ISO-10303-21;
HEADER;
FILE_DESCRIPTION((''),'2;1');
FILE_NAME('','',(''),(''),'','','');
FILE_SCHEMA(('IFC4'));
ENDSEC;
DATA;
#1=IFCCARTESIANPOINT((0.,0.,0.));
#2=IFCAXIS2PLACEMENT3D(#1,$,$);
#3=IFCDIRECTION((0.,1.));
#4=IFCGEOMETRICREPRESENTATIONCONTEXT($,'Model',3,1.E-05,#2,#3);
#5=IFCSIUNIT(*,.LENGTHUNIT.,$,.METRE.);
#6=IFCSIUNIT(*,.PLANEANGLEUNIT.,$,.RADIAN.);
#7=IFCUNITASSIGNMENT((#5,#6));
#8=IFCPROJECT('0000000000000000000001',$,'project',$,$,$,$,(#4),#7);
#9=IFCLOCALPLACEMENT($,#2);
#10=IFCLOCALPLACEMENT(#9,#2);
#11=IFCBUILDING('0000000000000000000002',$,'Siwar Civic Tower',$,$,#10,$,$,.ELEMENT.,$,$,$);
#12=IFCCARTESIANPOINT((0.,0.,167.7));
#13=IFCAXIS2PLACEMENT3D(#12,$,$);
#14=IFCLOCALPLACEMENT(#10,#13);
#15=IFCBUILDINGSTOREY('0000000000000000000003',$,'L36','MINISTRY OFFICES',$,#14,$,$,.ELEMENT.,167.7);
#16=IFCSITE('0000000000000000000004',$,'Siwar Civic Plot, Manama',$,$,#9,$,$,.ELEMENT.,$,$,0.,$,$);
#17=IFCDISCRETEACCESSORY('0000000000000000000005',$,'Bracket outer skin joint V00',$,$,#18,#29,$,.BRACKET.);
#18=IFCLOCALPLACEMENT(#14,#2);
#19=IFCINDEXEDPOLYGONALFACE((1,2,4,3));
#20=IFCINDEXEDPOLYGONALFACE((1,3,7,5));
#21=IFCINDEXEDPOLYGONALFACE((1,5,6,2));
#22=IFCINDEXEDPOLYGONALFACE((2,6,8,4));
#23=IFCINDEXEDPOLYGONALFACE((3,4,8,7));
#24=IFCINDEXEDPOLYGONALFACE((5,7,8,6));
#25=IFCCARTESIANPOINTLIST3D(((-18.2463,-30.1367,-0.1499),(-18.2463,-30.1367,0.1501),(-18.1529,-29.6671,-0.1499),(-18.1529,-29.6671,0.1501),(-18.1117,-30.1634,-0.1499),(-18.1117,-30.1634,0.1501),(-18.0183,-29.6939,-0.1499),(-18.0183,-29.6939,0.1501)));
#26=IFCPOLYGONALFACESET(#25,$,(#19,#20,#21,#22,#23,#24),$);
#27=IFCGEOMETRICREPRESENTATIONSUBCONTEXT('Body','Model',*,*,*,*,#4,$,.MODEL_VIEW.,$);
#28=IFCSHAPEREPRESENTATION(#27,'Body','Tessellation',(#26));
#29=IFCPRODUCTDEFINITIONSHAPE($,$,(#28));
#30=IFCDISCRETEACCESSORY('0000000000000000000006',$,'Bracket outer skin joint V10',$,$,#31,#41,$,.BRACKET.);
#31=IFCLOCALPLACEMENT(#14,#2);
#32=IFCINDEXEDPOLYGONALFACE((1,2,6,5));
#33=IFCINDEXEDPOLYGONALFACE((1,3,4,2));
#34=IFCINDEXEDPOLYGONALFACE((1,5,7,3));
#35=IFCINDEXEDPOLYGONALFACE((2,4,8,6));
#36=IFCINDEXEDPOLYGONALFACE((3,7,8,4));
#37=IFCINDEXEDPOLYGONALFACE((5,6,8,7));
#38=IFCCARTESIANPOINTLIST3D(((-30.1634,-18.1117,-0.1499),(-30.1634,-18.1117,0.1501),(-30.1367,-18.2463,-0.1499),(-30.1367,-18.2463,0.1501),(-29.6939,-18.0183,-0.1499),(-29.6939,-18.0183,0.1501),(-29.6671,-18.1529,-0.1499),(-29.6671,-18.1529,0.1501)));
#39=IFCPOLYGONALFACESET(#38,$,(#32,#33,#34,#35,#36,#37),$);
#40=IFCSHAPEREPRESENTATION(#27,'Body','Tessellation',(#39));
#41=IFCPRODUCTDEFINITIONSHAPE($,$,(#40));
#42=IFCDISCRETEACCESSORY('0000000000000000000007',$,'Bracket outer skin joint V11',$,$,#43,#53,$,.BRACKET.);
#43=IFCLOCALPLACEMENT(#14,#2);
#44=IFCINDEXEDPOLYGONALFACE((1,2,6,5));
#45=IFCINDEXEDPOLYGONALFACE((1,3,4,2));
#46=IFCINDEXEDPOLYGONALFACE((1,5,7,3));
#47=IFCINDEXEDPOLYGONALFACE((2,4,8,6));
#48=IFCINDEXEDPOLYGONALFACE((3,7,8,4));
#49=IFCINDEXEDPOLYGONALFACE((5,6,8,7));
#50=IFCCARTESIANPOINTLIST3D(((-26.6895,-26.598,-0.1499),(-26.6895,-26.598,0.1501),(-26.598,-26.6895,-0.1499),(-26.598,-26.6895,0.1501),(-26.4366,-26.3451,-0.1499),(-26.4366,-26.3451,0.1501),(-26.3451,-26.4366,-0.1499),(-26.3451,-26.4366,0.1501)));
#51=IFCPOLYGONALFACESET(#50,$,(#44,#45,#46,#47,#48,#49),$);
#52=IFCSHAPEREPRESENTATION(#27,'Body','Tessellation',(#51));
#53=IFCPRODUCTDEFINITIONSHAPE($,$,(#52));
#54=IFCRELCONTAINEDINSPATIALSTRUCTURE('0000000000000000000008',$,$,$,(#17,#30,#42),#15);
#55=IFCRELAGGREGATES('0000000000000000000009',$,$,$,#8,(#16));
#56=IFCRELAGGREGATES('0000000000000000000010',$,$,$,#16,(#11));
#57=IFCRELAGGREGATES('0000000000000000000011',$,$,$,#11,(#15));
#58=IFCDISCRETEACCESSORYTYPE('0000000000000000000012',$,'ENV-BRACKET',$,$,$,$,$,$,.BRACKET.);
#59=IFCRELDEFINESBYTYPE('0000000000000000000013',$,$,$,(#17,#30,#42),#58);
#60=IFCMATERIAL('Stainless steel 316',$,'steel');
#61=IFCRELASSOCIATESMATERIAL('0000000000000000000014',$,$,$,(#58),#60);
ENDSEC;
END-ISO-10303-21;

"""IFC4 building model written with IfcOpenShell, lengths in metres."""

from ifc_helpers import new_model, si_unit, direction, frame, origin, origin_2d, place, context, subcontext, project, spatial, rectangle, extrude, material, type_object, element, save


model = new_model("IFC4")

# Units and contexts
model_context = context("Model", 3, precision=1e-05, world=origin(), true_north=direction((0.0, 1.0)))
body_context = subcontext(model_context, "Body", "Model", "MODEL_VIEW")
ifc_project = project(units=[si_unit("LENGTHUNIT", "METRE"), si_unit("PLANEANGLEUNIT", "RADIAN")], contexts=[model_context])

# Site, building, storey
site_placement = place(None, origin())
site = spatial("IfcSite", under=ifc_project, at=site_placement, Name="Siwar Civic Plot, Manama", CompositionType="ELEMENT", RefElevation=0.0)
building_placement = place(site_placement, origin())
building = spatial("IfcBuilding", under=site, at=building_placement, Name="Siwar Civic Tower", CompositionType="ELEMENT")
storey_placement = place(building_placement, frame((0.0, 0.0, 167.7)))
storey = spatial("IfcBuildingStorey", under=building, at=storey_placement, Name="L36", Description="MINISTRY OFFICES", CompositionType="ELEMENT", Elevation=167.7)

# Discrete accessories
ifc_material_1 = material(Name="Stainless steel 316", Category="steel")
discrete_accessory_type = type_object("IfcDiscreteAccessoryType", Name="ENV-BRACKET", PredefinedType="BRACKET", material=ifc_material_1)
for number, where, z_axis, x_axis, name in (
    (1, (-18.1323, -29.9153, -0.1499), (0.0, 0.0, 1.0), (-0.19509, -0.980785, 0.0), "Bracket outer skin joint V00"),
    (2, (-29.9153, -18.1323, -0.1499), (0.0, 0.0, 1.0), (-0.980785, -0.19509, 0.0), "Bracket outer skin joint V10"),
):
    element("IfcDiscreteAccessory", number, at=place(storey_placement, frame(where, z_axis=z_axis, x_axis=x_axis)), inside=storey, type_object=discrete_accessory_type, Name=name, PredefinedType="BRACKET", context=body_context, shape_type="SweptSolid", body=[
        extrude(rectangle(XDim=0.4788, YDim=0.1372, at=origin_2d()), origin(), (0.0, 0.0, 1.0), 0.3),
    ])
discrete_accessory_placement = place(storey_placement, frame((-26.5173, -26.5173, -0.1499), z_axis=(0.0, 0.0, 1.0), x_axis=(-0.707107, -0.707107, 0.0)))
element("IfcDiscreteAccessory", 3, at=discrete_accessory_placement, inside=storey, type_object=discrete_accessory_type, Name="Bracket outer skin joint V11", PredefinedType="BRACKET", context=body_context, shape_type="SweptSolid", body=[
    extrude(rectangle(XDim=0.3577, YDim=0.1294, at=origin_2d()), origin(), (0.0, 0.0, 1.0), 0.3),
])

save(model, "model.ifc")
